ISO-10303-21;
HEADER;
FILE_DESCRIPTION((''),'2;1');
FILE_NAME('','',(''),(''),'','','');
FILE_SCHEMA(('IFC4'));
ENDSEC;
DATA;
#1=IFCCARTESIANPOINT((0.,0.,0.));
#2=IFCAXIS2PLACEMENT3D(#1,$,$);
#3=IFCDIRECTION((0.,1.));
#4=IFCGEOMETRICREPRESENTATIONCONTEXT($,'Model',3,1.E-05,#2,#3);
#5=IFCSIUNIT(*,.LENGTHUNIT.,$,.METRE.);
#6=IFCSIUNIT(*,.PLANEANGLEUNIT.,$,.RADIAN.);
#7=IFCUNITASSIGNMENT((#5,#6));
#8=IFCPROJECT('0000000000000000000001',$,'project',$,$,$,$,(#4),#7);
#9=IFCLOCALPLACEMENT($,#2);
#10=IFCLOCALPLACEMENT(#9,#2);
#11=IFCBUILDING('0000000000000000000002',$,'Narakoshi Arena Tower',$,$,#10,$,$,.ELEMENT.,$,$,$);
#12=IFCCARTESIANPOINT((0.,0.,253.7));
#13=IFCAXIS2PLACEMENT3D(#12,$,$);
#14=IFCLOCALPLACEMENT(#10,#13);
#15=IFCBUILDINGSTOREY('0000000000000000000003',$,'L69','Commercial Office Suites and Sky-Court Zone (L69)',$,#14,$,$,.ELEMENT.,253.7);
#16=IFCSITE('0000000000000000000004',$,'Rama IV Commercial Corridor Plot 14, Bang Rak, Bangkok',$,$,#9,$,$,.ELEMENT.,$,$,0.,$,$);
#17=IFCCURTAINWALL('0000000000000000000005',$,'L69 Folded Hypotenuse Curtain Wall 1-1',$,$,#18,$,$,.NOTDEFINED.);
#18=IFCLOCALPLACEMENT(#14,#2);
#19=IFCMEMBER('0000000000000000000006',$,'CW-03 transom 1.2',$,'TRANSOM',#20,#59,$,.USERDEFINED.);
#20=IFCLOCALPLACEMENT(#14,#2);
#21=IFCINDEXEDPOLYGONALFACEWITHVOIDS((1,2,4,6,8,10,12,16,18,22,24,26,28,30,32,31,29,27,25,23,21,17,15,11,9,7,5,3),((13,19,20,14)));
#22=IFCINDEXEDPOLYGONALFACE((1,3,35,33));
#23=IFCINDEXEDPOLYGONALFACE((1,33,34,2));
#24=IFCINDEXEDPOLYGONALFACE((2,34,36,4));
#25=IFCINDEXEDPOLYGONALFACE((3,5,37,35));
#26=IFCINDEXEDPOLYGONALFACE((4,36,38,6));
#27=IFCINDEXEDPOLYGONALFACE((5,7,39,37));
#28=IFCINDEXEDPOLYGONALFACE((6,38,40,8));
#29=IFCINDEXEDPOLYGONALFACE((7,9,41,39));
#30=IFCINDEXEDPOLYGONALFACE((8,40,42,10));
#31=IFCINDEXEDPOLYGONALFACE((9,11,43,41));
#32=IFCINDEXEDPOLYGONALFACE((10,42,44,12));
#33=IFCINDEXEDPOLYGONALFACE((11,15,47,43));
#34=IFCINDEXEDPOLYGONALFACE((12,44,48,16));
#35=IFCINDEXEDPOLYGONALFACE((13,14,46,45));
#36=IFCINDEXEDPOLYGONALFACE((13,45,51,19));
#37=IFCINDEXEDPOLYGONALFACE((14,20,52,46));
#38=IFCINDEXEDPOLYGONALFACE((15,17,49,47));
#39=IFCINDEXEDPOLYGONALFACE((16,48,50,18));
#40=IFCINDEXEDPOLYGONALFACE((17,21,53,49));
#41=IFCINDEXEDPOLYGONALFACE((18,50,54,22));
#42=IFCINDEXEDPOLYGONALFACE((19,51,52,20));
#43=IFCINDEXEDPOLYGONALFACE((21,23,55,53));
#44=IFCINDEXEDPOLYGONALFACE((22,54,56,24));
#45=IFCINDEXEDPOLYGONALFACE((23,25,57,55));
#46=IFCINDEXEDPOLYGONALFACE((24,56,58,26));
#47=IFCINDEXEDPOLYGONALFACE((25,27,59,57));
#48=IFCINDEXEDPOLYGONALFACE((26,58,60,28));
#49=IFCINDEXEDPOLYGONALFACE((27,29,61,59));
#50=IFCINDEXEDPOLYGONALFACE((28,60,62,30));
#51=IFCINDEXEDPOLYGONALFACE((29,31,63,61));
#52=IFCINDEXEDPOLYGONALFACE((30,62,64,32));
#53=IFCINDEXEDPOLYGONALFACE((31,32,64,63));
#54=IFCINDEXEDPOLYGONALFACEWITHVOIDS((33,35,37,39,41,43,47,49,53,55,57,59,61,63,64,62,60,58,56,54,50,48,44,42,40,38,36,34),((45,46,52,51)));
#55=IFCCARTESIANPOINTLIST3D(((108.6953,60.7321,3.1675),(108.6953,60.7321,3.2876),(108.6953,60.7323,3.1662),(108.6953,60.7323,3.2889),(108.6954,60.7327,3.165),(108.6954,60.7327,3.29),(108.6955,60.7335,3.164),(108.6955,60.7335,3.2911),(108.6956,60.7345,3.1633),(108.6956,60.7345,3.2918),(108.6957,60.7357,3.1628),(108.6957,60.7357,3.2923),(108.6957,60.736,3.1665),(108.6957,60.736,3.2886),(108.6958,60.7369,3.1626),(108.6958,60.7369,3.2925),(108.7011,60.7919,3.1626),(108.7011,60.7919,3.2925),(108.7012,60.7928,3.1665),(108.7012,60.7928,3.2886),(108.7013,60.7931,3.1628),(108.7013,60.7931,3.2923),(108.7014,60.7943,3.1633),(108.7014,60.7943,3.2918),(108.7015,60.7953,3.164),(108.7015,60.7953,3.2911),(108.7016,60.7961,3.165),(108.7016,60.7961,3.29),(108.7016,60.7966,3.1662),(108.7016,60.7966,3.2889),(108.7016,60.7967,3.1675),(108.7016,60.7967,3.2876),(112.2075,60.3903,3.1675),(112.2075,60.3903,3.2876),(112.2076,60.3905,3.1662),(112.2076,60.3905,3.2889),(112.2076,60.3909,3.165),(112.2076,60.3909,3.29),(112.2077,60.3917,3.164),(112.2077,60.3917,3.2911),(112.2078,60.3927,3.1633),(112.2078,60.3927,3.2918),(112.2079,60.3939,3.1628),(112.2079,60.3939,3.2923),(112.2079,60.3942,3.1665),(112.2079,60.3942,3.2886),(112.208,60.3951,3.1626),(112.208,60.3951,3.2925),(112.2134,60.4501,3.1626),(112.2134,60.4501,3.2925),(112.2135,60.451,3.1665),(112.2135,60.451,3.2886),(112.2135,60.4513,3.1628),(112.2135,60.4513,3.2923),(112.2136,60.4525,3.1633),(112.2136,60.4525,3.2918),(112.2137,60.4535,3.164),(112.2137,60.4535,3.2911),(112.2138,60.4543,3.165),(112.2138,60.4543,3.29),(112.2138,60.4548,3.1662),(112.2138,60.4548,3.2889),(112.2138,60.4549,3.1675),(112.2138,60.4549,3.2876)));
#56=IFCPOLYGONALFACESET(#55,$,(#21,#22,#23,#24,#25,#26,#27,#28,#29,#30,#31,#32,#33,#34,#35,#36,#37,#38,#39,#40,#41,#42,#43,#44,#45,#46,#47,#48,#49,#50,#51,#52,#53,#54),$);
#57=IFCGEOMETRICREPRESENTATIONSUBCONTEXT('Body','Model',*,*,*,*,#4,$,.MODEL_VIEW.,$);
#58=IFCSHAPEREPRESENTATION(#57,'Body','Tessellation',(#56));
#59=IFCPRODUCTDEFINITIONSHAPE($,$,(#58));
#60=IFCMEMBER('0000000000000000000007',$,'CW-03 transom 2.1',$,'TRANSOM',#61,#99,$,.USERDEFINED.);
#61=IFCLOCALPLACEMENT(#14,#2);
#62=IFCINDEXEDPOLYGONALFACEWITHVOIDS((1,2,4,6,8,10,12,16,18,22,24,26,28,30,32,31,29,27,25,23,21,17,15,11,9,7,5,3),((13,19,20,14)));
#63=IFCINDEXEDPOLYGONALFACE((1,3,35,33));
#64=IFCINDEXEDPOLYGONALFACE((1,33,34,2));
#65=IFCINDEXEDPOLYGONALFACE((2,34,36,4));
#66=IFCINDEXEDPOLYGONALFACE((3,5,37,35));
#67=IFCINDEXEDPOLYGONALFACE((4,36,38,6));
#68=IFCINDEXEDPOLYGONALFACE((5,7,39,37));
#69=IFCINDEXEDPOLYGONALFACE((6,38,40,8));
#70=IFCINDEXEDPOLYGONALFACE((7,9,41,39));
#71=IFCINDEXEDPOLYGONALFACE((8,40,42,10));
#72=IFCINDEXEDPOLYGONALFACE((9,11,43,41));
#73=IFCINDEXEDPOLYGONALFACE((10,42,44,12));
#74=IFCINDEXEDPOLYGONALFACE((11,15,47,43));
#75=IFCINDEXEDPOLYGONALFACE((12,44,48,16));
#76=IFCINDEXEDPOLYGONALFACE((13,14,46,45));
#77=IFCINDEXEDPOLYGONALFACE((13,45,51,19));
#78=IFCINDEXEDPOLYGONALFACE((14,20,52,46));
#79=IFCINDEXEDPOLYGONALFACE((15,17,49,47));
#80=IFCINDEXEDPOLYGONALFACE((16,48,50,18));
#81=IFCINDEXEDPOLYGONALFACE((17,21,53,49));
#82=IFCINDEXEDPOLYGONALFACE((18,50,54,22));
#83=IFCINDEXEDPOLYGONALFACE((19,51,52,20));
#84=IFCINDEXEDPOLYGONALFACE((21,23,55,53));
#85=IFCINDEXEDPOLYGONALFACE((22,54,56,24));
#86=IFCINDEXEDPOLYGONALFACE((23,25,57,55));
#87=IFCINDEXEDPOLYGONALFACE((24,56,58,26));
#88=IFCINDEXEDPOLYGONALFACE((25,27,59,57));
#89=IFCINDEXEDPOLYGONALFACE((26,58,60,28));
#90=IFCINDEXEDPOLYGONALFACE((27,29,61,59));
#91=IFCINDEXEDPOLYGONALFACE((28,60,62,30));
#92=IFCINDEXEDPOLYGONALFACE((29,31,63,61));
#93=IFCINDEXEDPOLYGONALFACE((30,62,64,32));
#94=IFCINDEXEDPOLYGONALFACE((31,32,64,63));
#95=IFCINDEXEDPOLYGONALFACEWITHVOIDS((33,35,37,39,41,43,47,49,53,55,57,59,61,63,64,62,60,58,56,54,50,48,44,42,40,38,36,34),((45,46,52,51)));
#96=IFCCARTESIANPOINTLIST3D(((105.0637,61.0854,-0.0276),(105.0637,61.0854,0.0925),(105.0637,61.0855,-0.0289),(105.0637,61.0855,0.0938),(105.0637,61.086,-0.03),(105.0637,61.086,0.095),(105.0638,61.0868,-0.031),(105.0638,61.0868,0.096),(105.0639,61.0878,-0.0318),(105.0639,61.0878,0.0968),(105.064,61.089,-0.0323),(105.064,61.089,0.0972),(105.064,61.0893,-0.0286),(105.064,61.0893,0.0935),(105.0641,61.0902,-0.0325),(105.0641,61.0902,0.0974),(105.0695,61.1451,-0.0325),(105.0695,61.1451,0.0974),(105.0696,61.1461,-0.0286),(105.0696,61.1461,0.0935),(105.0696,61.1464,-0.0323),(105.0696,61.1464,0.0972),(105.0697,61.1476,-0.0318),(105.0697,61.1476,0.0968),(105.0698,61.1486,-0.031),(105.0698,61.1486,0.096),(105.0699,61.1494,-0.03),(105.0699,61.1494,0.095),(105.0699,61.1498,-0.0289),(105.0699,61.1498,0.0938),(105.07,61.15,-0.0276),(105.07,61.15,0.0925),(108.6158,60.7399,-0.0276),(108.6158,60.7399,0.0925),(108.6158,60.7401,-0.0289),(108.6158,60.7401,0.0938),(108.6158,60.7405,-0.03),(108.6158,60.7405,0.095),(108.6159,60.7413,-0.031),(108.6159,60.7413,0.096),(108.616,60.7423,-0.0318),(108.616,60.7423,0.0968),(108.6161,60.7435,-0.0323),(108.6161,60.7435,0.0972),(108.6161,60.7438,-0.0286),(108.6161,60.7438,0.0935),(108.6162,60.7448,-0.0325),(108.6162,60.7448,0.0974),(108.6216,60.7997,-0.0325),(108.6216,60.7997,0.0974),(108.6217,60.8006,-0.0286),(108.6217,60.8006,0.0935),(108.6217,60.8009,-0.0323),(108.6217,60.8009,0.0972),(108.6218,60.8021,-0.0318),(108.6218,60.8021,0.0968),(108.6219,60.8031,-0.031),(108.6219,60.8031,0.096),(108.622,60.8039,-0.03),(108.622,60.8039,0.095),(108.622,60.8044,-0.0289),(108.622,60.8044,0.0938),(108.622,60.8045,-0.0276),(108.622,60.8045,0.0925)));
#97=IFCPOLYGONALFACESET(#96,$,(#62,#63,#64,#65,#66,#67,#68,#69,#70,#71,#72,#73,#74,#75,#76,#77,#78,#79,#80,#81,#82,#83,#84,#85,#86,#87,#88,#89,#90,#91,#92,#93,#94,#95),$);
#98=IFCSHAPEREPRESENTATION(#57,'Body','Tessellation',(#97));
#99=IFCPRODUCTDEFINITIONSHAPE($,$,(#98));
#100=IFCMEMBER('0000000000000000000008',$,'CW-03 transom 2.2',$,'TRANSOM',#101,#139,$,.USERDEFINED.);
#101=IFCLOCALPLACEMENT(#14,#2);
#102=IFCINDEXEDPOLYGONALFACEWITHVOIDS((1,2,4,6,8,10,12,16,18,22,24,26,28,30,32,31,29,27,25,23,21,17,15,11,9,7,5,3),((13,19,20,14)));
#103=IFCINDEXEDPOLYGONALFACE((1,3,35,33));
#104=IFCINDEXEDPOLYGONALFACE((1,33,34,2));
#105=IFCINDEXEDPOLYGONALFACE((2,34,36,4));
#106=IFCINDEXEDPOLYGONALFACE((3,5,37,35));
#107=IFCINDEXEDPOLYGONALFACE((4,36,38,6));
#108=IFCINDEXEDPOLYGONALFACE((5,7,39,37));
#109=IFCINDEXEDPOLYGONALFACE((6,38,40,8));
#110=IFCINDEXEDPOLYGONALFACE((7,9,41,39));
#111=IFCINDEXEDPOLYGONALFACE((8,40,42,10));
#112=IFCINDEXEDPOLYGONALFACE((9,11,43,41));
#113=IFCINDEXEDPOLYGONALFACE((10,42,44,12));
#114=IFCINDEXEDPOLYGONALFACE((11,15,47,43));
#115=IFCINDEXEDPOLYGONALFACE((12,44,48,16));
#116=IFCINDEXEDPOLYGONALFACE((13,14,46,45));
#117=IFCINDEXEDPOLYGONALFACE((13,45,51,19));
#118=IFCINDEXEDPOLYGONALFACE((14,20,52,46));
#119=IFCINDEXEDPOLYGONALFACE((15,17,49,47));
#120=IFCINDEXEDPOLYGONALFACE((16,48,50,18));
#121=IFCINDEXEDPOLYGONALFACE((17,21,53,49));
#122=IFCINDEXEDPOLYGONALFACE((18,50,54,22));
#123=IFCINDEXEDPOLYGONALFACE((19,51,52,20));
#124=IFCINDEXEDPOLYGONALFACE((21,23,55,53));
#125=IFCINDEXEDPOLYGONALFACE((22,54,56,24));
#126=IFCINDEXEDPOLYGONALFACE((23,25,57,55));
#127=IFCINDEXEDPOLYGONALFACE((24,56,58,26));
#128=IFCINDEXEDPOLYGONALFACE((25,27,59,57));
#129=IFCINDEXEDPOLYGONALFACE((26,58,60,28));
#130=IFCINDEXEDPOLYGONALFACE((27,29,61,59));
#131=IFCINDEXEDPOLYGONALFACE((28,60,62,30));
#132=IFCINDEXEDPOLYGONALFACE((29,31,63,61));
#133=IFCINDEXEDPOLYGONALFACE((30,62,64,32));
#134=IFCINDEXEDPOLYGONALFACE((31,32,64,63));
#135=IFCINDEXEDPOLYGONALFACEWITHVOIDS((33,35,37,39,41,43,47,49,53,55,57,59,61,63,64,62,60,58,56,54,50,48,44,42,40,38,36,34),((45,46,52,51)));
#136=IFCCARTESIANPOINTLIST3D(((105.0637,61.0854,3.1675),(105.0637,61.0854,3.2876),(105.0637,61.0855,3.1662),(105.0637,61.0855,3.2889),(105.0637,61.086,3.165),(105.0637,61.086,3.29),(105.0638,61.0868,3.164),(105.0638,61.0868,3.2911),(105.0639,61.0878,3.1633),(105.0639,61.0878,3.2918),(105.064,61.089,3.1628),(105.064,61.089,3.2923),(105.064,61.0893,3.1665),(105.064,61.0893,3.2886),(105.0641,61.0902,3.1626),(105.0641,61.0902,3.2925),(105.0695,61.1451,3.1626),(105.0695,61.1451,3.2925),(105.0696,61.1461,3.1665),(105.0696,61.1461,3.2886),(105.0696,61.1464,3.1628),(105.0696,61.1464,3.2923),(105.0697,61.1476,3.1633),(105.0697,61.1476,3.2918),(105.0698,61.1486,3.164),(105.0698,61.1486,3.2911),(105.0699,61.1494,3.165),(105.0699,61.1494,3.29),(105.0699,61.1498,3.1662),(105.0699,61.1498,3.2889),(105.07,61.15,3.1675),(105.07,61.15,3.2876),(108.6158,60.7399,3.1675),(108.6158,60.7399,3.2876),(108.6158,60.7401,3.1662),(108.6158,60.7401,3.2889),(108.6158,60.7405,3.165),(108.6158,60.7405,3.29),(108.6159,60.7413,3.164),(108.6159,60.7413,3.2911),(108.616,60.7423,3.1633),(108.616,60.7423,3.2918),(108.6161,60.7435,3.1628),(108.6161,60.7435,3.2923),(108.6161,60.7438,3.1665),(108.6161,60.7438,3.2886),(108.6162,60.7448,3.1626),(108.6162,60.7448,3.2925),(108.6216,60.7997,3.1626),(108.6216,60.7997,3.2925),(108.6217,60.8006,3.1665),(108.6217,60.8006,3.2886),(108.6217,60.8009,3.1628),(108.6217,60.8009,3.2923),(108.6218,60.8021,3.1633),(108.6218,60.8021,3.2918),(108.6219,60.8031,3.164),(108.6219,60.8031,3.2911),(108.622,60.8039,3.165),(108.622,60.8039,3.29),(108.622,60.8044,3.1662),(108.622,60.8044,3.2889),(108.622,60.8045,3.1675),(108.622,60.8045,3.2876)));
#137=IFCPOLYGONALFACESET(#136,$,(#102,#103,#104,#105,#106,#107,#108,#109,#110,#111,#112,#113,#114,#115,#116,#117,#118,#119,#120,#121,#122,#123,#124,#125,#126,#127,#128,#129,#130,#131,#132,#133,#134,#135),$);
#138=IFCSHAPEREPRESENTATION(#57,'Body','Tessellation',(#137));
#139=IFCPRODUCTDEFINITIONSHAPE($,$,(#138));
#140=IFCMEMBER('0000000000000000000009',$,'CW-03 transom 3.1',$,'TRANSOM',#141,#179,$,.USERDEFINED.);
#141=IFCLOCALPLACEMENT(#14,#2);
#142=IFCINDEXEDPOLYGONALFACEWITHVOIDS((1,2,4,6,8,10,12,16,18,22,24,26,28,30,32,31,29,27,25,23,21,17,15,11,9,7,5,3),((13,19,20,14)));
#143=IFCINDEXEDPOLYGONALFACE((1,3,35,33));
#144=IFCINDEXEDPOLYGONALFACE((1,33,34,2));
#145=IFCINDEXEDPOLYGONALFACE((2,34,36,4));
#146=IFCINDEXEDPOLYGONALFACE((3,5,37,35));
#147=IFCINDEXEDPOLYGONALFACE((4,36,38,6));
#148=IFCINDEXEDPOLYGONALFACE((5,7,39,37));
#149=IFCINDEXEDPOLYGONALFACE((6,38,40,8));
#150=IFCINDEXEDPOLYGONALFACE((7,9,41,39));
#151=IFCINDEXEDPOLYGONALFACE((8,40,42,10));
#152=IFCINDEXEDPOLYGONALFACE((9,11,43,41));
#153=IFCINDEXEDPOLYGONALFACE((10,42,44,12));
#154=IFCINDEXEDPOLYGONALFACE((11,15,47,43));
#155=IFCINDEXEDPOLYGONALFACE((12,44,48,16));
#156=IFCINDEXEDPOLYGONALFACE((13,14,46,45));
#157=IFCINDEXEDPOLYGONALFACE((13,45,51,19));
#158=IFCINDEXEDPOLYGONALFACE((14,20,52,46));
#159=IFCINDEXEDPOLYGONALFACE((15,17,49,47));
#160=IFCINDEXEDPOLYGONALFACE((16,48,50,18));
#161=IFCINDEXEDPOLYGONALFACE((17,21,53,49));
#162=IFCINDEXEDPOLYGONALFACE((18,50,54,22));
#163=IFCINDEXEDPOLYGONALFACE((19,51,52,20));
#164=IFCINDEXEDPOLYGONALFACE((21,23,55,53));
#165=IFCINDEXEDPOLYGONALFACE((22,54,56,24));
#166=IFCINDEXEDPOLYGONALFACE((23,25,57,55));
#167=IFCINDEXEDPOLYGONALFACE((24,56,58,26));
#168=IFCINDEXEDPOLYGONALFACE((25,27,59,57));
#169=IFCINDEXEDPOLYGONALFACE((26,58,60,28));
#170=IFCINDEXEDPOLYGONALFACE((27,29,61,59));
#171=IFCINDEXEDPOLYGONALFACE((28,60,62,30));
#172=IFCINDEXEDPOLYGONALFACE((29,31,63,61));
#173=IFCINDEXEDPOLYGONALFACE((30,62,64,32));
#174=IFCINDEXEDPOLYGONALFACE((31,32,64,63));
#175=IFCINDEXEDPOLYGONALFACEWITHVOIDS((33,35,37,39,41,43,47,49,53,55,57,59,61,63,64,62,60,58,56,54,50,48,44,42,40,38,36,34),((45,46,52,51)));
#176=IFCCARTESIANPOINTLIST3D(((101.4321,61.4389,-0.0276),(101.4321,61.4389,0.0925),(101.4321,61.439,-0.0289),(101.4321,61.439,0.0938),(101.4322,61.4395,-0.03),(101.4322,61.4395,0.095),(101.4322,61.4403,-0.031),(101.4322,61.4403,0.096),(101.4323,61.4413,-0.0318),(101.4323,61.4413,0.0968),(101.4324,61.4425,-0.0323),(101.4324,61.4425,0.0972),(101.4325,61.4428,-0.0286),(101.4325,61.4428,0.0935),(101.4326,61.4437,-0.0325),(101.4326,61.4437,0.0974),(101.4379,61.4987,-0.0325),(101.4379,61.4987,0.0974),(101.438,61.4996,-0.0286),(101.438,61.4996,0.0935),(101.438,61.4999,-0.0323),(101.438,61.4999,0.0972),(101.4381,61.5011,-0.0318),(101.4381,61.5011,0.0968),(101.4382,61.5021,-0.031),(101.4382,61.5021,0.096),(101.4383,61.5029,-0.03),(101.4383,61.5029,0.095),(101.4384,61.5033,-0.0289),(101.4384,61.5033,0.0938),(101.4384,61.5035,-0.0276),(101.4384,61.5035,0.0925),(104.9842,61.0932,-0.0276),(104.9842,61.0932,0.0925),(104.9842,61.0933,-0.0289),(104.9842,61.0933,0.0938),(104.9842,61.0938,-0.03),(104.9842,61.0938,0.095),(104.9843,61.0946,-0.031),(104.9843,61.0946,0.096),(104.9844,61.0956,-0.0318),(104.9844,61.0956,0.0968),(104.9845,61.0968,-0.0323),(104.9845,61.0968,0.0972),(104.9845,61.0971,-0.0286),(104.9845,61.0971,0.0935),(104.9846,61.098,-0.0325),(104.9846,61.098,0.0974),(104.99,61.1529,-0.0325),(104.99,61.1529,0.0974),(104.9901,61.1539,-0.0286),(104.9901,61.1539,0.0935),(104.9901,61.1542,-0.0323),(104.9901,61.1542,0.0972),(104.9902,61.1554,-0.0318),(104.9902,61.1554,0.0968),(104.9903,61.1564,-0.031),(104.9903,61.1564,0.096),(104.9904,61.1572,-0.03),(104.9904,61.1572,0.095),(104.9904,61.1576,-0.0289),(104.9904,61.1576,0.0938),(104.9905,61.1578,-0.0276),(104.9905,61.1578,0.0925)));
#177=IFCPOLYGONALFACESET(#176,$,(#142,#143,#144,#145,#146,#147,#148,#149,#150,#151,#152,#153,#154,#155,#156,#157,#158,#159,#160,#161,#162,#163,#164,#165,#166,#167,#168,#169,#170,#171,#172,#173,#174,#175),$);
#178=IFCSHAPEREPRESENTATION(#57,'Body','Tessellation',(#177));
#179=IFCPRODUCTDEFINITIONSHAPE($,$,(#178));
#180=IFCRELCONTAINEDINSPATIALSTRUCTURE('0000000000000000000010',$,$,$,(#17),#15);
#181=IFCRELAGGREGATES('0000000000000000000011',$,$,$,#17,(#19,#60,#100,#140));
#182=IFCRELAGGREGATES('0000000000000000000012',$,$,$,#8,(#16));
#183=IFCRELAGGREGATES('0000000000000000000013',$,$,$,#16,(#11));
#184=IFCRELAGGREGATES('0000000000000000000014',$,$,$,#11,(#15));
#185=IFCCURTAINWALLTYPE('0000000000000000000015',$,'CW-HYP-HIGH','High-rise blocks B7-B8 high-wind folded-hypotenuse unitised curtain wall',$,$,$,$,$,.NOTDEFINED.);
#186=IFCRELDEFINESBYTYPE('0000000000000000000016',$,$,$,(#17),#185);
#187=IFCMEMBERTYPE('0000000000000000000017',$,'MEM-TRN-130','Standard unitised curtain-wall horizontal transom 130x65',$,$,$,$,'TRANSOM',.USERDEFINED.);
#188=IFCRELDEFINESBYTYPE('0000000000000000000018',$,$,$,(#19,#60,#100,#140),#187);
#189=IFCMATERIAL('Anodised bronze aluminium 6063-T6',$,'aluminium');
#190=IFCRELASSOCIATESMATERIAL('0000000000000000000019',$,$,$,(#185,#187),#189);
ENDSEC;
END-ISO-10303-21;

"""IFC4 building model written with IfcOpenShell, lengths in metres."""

from ifc_helpers import new_model, si_unit, direction, frame, origin, origin_2d, place, context, subcontext, project, spatial, hollow_rectangle, extrude, material, material_profile, profile_set, type_object, element, aggregate, save


model = new_model("IFC4")

# Units and contexts
model_context = context("Model", 3, precision=1e-05, world=origin(), true_north=direction((0.0, 1.0)))
body_context = subcontext(model_context, "Body", "Model", "MODEL_VIEW")
ifc_project = project(units=[si_unit("LENGTHUNIT", "METRE"), si_unit("PLANEANGLEUNIT", "RADIAN")], contexts=[model_context])

# Site, building, storey
site_placement = place(None, origin())
site = spatial("IfcSite", under=ifc_project, at=site_placement, Name="Rama IV Commercial Corridor Plot 14, Bang Rak, Bangkok", CompositionType="ELEMENT", RefElevation=0.0)
building_placement = place(site_placement, origin())
building = spatial("IfcBuilding", under=site, at=building_placement, Name="Narakoshi Arena Tower", CompositionType="ELEMENT")
storey_placement = place(building_placement, frame((0.0, 0.0, 253.7)))
storey = spatial("IfcBuildingStorey", under=building, at=storey_placement, Name="L69", Description="Commercial Office Suites and Sky-Court Zone (L69)", CompositionType="ELEMENT", Elevation=253.7)

# Curtain wall, members
ifc_material_1 = material(Name="Anodised bronze aluminium 6063-T6", Category="aluminium")
curtain_wall_type = type_object("IfcCurtainWallType", Name="CW-HYP-HIGH", Description="High-rise blocks B7-B8 high-wind folded-hypotenuse unitised curtain wall", PredefinedType="NOTDEFINED", material=ifc_material_1)
curtain_wall_placement = place(storey_placement, origin())
curtain_wall = element("IfcCurtainWall", 1, at=curtain_wall_placement, inside=storey, type_object=curtain_wall_type, Name="L69 Folded Hypotenuse Curtain Wall 1-1", PredefinedType="NOTDEFINED")
ifc_material_profile_1 = material_profile(ifc_material_1, hollow_rectangle(XDim=0.0649, YDim=0.1299, WallThickness=0.0039, OuterFilletRadius=0.0049, at=origin_2d()), Name="TRN130x65x4")
ifc_profile_set_1 = profile_set([ifc_material_profile_1], Name="Anodised bronze aluminium 6063-T6")
member_type_1 = type_object("IfcMemberType", Name="MEM-TRN-130", Description="Standard unitised curtain-wall horizontal transom 130x65", ElementType="TRANSOM", PredefinedType="USERDEFINED", material=ifc_profile_set_1)
member_1_placement = place(storey_placement, frame((112.2107, 60.4226, 3.2275), z_axis=(-0.995298, 0.096859, 0.0), x_axis=(-0.096859, -0.995298, 0.0)))
member_1 = element("IfcMember", 2, at=member_1_placement, type_object=member_type_1, Name="CW-03 transom 1.2", ObjectType="TRANSOM", PredefinedType="USERDEFINED", context=body_context, shape_type="SweptSolid", body=[
    extrude(hollow_rectangle(XDim=0.0649, YDim=0.1299, WallThickness=0.0039, OuterFilletRadius=0.0049, at=origin_2d()), origin(), (0.0, 0.0, 1.0), 3.5288),
])
member_2_placement = place(storey_placement, frame((108.6189, 60.7722, 0.0325), z_axis=(-0.995304, 0.096801, 0.0), x_axis=(-0.096801, -0.995304, 0.0)))
member_2 = element("IfcMember", 3, at=member_2_placement, type_object=member_type_1, Name="CW-03 transom 2.1", ObjectType="TRANSOM", PredefinedType="USERDEFINED", context=body_context, shape_type="SweptSolid", body=[
    extrude(hollow_rectangle(XDim=0.0649, YDim=0.1299, WallThickness=0.0039, OuterFilletRadius=0.0049, at=origin_2d()), origin(), (0.0, 0.0, 1.0), 3.5688),
])
member_3_placement = place(storey_placement, frame((108.6189, 60.7722, 3.2275), z_axis=(-0.995304, 0.096801, 0.0), x_axis=(-0.096801, -0.995304, 0.0)))
member_3 = element("IfcMember", 4, at=member_3_placement, type_object=member_type_1, Name="CW-03 transom 2.2", ObjectType="TRANSOM", PredefinedType="USERDEFINED", context=body_context, shape_type="SweptSolid", body=[
    extrude(hollow_rectangle(XDim=0.0649, YDim=0.1299, WallThickness=0.0039, OuterFilletRadius=0.0049, at=origin_2d()), origin(), (0.0, 0.0, 1.0), 3.5688),
])
member_4_placement = place(storey_placement, frame((104.9873, 61.1255, 0.0325), z_axis=(-0.995297, 0.096869, 0.0), x_axis=(-0.096869, -0.995297, 0.0)))
member_4 = element("IfcMember", 5, at=member_4_placement, type_object=member_type_1, Name="CW-03 transom 3.1", ObjectType="TRANSOM", PredefinedType="USERDEFINED", context=body_context, shape_type="SweptSolid", body=[
    extrude(hollow_rectangle(XDim=0.0649, YDim=0.1299, WallThickness=0.0039, OuterFilletRadius=0.0049, at=origin_2d()), origin(), (0.0, 0.0, 1.0), 3.5688),
])
aggregate(curtain_wall, [member_1, member_2, member_3, member_4])

save(model, "model.ifc")
